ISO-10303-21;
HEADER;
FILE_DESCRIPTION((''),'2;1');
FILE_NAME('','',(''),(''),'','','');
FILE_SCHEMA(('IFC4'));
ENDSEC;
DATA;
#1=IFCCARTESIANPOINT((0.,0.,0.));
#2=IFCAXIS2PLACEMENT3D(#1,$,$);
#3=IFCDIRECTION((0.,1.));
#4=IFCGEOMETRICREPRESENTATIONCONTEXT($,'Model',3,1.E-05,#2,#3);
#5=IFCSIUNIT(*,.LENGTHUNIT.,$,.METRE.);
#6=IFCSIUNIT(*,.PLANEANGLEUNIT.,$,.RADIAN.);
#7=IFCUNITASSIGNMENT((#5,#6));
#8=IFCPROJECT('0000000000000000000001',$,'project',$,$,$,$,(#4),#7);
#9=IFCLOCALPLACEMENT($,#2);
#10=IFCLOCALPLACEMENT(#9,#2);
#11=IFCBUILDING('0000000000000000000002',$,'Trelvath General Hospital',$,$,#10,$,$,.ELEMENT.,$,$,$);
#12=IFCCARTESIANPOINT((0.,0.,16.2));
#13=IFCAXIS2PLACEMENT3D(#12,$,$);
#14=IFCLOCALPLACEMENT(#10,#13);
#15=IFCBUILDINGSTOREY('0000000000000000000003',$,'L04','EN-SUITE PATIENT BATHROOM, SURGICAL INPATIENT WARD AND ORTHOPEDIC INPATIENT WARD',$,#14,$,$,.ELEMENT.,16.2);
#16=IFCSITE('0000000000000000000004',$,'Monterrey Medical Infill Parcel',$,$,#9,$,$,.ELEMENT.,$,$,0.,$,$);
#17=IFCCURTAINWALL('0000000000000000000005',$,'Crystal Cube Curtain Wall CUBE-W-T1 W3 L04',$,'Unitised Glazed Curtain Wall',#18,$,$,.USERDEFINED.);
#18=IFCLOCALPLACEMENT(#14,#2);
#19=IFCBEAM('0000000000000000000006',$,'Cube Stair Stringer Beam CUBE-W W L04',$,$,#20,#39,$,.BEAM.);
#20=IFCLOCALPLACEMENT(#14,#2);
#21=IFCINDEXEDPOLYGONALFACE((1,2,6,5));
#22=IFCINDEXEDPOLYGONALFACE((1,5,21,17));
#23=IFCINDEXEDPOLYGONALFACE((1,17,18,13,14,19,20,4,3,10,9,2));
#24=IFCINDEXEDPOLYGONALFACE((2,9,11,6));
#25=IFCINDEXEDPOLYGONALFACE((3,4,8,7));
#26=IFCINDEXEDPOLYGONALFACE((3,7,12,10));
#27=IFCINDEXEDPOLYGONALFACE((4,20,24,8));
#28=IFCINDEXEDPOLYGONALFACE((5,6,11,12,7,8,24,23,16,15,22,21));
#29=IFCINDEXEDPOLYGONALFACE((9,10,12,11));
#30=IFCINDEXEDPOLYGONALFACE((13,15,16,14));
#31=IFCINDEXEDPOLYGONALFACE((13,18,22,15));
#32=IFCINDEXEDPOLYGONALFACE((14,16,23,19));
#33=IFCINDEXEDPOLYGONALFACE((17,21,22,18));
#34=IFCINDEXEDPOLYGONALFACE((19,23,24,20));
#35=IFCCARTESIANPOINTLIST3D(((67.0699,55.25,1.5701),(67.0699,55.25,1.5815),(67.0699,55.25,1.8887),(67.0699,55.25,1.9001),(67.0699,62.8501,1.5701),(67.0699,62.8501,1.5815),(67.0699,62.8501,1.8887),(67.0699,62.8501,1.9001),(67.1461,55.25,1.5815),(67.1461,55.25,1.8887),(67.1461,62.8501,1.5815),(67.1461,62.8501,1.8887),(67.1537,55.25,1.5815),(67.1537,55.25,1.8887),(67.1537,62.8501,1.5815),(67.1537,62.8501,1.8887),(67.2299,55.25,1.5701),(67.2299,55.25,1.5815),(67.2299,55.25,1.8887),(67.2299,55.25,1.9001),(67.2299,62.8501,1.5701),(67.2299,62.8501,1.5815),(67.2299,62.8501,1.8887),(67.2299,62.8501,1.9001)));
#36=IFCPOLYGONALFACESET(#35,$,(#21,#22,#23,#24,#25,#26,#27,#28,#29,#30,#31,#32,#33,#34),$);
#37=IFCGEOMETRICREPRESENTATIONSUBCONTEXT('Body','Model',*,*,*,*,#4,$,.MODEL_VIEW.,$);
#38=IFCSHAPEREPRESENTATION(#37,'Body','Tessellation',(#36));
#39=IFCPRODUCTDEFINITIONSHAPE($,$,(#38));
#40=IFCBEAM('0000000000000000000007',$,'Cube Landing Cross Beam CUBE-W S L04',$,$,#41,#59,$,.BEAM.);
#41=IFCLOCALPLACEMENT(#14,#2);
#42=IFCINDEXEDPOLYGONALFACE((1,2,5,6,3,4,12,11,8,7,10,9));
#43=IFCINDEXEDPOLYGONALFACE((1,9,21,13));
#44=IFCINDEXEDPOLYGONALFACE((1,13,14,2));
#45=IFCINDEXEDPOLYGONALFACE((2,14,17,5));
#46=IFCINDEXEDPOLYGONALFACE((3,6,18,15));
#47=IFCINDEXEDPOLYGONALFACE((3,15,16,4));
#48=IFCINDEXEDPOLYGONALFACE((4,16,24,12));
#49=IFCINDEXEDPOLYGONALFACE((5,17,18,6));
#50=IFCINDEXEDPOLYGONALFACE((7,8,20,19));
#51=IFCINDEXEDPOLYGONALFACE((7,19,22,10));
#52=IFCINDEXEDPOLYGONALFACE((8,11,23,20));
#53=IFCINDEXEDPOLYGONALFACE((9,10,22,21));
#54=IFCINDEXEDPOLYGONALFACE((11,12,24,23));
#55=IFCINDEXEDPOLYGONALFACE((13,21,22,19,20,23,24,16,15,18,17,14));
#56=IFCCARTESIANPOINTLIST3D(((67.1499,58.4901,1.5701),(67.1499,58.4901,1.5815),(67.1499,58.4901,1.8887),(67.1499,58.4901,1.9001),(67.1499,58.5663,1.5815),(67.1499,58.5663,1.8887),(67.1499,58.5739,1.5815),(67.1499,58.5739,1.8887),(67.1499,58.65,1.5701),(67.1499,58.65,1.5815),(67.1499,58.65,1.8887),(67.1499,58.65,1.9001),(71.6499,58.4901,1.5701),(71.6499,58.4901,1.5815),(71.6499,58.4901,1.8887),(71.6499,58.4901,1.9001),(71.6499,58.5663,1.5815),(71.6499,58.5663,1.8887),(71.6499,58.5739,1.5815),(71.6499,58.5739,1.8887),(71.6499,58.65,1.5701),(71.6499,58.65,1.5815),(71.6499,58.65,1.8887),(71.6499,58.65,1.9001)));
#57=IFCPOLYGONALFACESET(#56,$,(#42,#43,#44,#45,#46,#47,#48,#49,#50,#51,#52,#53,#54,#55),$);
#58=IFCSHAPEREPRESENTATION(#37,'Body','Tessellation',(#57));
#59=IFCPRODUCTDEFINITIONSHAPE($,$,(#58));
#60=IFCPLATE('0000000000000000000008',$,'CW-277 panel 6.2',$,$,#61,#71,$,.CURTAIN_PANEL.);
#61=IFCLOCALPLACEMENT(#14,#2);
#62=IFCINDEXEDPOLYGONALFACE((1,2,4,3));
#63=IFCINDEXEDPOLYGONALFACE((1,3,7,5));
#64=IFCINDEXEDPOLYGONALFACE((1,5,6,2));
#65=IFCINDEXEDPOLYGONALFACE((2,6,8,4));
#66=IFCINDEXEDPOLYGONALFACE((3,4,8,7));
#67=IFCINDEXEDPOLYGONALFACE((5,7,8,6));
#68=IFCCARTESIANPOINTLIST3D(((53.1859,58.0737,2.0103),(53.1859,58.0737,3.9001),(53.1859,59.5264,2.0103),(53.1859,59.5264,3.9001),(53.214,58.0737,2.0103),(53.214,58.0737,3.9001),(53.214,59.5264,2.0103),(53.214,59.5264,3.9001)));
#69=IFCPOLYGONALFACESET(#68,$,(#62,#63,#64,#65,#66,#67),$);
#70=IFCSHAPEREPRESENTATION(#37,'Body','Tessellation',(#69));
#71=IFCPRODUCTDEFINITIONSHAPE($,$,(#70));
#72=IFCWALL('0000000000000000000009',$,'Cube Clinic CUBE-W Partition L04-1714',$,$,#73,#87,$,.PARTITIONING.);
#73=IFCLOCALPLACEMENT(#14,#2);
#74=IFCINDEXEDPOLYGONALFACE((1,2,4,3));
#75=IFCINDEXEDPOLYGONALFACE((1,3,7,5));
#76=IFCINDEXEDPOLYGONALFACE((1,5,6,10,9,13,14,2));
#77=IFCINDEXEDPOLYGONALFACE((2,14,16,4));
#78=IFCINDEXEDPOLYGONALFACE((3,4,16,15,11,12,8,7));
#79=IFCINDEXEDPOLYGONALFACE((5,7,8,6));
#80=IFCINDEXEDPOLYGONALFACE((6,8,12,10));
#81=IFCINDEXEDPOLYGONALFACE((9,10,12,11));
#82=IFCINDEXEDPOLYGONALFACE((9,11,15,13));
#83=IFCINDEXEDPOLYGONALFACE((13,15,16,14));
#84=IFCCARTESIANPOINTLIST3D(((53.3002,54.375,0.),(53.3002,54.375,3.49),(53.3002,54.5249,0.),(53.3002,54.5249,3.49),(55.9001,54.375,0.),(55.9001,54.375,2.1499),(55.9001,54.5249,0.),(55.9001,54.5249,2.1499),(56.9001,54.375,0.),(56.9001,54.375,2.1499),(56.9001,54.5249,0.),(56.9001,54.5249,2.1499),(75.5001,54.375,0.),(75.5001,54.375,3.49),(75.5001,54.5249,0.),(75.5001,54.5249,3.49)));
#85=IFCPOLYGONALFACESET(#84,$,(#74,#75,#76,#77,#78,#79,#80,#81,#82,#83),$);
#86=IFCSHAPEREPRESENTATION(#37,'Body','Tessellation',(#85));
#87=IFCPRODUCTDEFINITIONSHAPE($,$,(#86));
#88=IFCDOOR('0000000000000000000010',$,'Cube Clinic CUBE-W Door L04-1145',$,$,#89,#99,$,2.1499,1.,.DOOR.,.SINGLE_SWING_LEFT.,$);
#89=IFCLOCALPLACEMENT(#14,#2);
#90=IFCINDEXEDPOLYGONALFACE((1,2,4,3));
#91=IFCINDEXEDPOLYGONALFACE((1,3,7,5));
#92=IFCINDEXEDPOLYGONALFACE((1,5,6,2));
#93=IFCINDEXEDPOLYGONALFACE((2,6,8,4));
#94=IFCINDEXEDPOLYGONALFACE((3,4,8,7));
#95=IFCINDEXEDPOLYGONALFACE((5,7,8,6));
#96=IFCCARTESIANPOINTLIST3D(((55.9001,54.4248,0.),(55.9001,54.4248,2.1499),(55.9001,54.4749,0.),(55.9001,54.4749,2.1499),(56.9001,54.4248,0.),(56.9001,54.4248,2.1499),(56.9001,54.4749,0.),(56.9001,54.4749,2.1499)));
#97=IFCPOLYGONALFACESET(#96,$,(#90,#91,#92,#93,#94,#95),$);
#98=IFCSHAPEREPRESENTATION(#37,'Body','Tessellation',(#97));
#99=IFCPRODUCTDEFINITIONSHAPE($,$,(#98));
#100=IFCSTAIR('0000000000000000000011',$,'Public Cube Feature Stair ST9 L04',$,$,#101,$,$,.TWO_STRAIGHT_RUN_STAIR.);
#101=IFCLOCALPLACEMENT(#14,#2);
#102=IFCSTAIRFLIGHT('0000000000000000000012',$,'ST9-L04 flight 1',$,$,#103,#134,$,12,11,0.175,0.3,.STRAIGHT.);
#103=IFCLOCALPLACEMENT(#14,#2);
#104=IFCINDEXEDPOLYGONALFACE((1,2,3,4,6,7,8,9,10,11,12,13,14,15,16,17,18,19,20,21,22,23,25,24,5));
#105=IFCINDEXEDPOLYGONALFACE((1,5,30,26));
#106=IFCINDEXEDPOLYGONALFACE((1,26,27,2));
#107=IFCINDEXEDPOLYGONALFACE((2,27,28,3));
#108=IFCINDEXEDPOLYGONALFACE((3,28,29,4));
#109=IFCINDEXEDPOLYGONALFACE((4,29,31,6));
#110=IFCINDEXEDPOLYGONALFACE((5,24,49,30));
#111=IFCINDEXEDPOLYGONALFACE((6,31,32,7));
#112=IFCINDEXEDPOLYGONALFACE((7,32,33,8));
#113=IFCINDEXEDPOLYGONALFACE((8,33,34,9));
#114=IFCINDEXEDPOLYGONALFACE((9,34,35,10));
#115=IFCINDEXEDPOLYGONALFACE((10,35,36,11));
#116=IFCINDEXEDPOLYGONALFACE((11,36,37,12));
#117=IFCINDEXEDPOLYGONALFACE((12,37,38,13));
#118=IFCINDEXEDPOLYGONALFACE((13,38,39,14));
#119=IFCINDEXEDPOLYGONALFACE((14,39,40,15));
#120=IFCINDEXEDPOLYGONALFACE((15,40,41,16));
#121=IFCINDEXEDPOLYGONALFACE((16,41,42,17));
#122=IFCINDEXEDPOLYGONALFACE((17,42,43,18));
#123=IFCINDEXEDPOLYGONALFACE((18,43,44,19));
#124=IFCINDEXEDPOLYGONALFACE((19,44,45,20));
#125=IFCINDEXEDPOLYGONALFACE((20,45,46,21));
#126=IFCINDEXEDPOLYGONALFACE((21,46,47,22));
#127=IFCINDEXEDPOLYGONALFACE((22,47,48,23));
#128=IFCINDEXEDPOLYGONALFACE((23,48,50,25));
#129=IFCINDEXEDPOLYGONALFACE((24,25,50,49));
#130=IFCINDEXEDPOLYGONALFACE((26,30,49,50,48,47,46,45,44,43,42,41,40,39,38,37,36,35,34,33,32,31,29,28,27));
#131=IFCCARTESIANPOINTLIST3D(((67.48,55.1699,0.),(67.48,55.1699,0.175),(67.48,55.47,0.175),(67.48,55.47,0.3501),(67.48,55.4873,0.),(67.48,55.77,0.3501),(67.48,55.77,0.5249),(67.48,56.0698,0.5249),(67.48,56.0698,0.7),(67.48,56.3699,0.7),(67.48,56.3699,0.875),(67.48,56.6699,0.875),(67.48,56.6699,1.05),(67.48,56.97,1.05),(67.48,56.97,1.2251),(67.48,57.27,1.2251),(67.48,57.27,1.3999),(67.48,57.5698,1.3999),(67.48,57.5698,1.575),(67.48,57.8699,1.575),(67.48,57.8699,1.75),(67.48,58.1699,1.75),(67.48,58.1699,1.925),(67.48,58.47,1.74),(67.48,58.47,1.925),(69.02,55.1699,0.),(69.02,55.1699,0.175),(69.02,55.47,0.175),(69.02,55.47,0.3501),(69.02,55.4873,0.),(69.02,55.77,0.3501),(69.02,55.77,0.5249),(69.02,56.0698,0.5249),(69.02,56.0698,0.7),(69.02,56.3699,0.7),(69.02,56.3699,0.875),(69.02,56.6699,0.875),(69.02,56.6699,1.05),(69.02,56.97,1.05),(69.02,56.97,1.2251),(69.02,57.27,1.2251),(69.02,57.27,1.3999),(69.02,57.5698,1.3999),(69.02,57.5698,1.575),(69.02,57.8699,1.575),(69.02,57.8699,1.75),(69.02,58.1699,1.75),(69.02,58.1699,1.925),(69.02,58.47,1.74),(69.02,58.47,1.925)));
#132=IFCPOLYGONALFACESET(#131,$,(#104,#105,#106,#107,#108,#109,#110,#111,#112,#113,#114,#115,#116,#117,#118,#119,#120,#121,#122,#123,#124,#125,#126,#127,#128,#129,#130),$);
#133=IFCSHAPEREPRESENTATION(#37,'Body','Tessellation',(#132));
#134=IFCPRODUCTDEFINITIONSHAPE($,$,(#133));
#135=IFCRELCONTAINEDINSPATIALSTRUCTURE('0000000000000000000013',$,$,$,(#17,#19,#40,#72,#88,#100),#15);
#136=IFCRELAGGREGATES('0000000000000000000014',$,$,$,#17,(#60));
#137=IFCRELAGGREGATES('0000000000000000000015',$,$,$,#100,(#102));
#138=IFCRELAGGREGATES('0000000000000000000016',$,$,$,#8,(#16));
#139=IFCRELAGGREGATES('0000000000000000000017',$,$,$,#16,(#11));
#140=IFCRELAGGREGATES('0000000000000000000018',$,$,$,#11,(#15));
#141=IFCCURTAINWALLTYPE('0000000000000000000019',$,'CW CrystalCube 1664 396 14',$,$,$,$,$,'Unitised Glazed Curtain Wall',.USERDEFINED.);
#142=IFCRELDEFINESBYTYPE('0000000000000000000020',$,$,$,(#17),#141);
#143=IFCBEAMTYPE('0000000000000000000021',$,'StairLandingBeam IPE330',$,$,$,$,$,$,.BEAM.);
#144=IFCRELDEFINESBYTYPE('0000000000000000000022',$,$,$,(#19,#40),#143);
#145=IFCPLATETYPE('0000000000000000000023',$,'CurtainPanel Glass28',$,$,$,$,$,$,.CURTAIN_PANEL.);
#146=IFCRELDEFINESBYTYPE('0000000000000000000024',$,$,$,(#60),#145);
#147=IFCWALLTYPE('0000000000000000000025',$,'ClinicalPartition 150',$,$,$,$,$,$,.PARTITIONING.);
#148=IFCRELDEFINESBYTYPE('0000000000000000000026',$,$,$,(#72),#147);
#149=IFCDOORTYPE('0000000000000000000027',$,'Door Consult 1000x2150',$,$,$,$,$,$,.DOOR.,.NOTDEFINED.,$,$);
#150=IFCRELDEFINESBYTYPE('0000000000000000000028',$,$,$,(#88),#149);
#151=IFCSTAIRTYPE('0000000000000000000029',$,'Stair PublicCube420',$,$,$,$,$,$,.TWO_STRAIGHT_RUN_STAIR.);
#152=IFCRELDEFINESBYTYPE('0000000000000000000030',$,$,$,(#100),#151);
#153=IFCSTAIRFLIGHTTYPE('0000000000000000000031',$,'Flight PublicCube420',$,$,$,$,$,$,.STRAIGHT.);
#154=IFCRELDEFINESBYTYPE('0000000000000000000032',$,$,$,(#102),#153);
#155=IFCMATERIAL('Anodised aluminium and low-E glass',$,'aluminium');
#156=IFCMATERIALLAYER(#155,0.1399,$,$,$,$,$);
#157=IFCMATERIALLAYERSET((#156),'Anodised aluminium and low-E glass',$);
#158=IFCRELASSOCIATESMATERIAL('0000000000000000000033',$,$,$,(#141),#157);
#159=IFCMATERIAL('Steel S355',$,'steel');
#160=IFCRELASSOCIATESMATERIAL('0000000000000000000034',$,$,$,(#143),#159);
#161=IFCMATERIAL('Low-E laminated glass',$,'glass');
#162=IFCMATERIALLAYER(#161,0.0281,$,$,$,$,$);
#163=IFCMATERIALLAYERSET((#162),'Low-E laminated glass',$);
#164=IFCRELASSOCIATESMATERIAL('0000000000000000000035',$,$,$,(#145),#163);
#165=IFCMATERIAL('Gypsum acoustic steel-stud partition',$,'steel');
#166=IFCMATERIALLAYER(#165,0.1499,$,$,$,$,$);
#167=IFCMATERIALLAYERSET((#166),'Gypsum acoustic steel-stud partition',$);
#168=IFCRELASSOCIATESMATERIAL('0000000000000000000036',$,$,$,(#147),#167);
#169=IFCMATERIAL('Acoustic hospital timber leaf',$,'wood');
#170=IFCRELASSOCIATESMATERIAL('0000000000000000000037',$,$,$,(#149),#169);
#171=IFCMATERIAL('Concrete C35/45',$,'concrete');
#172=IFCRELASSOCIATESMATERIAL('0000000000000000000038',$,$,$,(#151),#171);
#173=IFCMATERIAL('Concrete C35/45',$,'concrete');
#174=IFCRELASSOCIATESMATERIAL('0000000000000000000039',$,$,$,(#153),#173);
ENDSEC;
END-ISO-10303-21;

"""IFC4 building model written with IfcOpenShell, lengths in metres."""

from ifc_helpers import new_model, si_unit, direction, frame, frame_2d, origin, origin_2d, place, context, subcontext, project, spatial, polyline, rectangle, i_section, outline, extrude, material, layer, layer_set, material_profile, profile_set, type_object, element, fill, aggregate, save


model = new_model("IFC4")

# Units and contexts
model_context = context("Model", 3, precision=1e-05, world=origin(), true_north=direction((0.0, 1.0)))
body_context = subcontext(model_context, "Body", "Model", "MODEL_VIEW")
ifc_project = project(units=[si_unit("LENGTHUNIT", "METRE"), si_unit("PLANEANGLEUNIT", "RADIAN")], contexts=[model_context])

# Site, building, storey
site_placement = place(None, origin())
site = spatial("IfcSite", under=ifc_project, at=site_placement, Name="Monterrey Medical Infill Parcel", CompositionType="ELEMENT", RefElevation=0.0)
building_placement = place(site_placement, origin())
building = spatial("IfcBuilding", under=site, at=building_placement, Name="Trelvath General Hospital", CompositionType="ELEMENT")
storey_placement = place(building_placement, frame((0.0, 0.0, 16.2)))
storey = spatial("IfcBuildingStorey", under=building, at=storey_placement, Name="L04", Description="EN-SUITE PATIENT BATHROOM, SURGICAL INPATIENT WARD AND ORTHOPEDIC INPATIENT WARD", CompositionType="ELEMENT", Elevation=16.2)

# Curtain wall
ifc_material_1 = material(Name="Anodised aluminium and low-E glass", Category="aluminium")
ifc_layer_1 = layer(ifc_material_1, 0.1399)
ifc_layer_set_1 = layer_set([ifc_layer_1], Name="Anodised aluminium and low-E glass")
curtain_wall_type = type_object("IfcCurtainWallType", Name="CW CrystalCube 1664 396 14", ElementType="Unitised Glazed Curtain Wall", PredefinedType="USERDEFINED", material=ifc_layer_set_1)
curtain_wall_placement = place(storey_placement, origin())
curtain_wall = element("IfcCurtainWall", 1, at=curtain_wall_placement, inside=storey, type_object=curtain_wall_type, Name="Crystal Cube Curtain Wall CUBE-W-T1 W3 L04", ObjectType="Unitised Glazed Curtain Wall", PredefinedType="USERDEFINED")

# Beams
ifc_material_2 = material(Name="Steel S355", Category="steel")
ifc_material_profile_1 = material_profile(ifc_material_2, i_section(OverallWidth=0.1599, OverallDepth=0.3301, WebThickness=0.0076, FlangeThickness=0.0115, at=origin_2d()), Name="IPE330")
ifc_profile_set_1 = profile_set([ifc_material_profile_1], Name="Steel S355")
beam_type_1 = type_object("IfcBeamType", Name="StairLandingBeam IPE330", PredefinedType="BEAM", material=ifc_profile_set_1)
beam_1_placement = place(storey_placement, frame((67.1499, 55.25, 1.7351), z_axis=(0.0, 1.0, 0.0), x_axis=(-1.0, 0.0, 0.0)))
element("IfcBeam", 2, at=beam_1_placement, inside=storey, type_object=beam_type_1, Name="Cube Stair Stringer Beam CUBE-W W L04", PredefinedType="BEAM", context=body_context, shape_type="SweptSolid", body=[
    extrude(i_section(OverallWidth=0.1599, OverallDepth=0.3301, WebThickness=0.0076, FlangeThickness=0.0115, at=origin_2d()), origin(), (0.0, 0.0, 1.0), 7.6001),
])
beam_2_placement = place(storey_placement, frame((67.1499, 58.5701, 1.7351), z_axis=(1.0, 0.0, 0.0), x_axis=(0.0, 1.0, 0.0)))
element("IfcBeam", 3, at=beam_2_placement, inside=storey, type_object=beam_type_1, Name="Cube Landing Cross Beam CUBE-W S L04", PredefinedType="BEAM", context=body_context, shape_type="SweptSolid", body=[
    extrude(i_section(OverallWidth=0.1599, OverallDepth=0.3301, WebThickness=0.0076, FlangeThickness=0.0115, at=origin_2d()), origin(), (0.0, 0.0, 1.0), 4.5),
])

# Plate
ifc_material_3 = material(Name="Low-E laminated glass", Category="glass")
ifc_layer_2 = layer(ifc_material_3, 0.0281)
ifc_layer_set_2 = layer_set([ifc_layer_2], Name="Low-E laminated glass")
plate_type = type_object("IfcPlateType", Name="CurtainPanel Glass28", PredefinedType="CURTAIN_PANEL", material=ifc_layer_set_2)
plate_placement = place(storey_placement, frame((53.2, 58.8, 2.0103), z_axis=(0.0, 0.0, 1.0), x_axis=(0.0, 1.0, 0.0)))
plate = element("IfcPlate", 4, at=plate_placement, type_object=plate_type, Name="CW-277 panel 6.2", PredefinedType="CURTAIN_PANEL", context=body_context, shape_type="SweptSolid", body=[
    extrude(rectangle(XDim=1.4526, YDim=0.0281, at=origin_2d()), origin(), (0.0, 0.0, 1.0), 1.8899),
])
aggregate(curtain_wall, [plate])

# Wall, opening, door
ifc_material_4 = material(Name="Gypsum acoustic steel-stud partition", Category="steel")
ifc_layer_3 = layer(ifc_material_4, 0.1499)
ifc_layer_set_3 = layer_set([ifc_layer_3], Name="Gypsum acoustic steel-stud partition")
wall_type = type_object("IfcWallType", Name="ClinicalPartition 150", PredefinedType="PARTITIONING", material=ifc_layer_set_3)
wall_placement = place(storey_placement, frame((53.3, 54.45, 0.0), z_axis=(0.0, 0.0, 1.0), x_axis=(1.0, 0.0, 0.0)))
wall = element("IfcWall", 5, at=wall_placement, inside=storey, type_object=wall_type, Name="Cube Clinic CUBE-W Partition L04-1714", PredefinedType="PARTITIONING", context=body_context, shape_type="SweptSolid", body=[
    extrude(rectangle(XDim=22.2, YDim=0.1499, at=frame_2d((11.1001, 0.0))), origin(), (0.0, 0.0, 1.0), 3.49),
])
opening_placement = place(wall_placement, frame((2.6001, 0.0, 0.0)))
opening = element("IfcOpeningElement", 6, at=opening_placement, cuts=wall, PredefinedType="OPENING", context=body_context, shape_type="SweptSolid", body=[
    extrude(rectangle(XDim=1.0, YDim=2.1499, at=frame_2d((0.5, 1.075))), frame((0.0, 0.085, 0.0), z_axis=(0.0, -1.0, 0.0), x_axis=(1.0, 0.0, 0.0)), (0.0, 0.0, 1.0), 0.1699),
])
ifc_material_5 = material(Name="Acoustic hospital timber leaf", Category="wood")
door_type = type_object("IfcDoorType", Name="Door Consult 1000x2150", OperationType="NOTDEFINED", PredefinedType="DOOR", material=ifc_material_5)
door_placement = place(opening_placement, origin())
door = element("IfcDoor", 7, at=door_placement, inside=storey, type_object=door_type, Name="Cube Clinic CUBE-W Door L04-1145", OperationType="SINGLE_SWING_LEFT", OverallHeight=2.1499, OverallWidth=1.0, PredefinedType="DOOR", context=body_context, shape_type="SweptSolid", body=[
    extrude(rectangle(XDim=1.0, YDim=2.1499, at=frame_2d((0.5, 1.075))), frame((0.0, 0.0249, 0.0), z_axis=(0.0, -1.0, 0.0), x_axis=(1.0, 0.0, 0.0)), (0.0, 0.0, 1.0), 0.05),
])
fill(opening, door)

# Stair, stair flight
ifc_material_6 = material(Name="Concrete C35/45", Category="concrete")
stair_type = type_object("IfcStairType", Name="Stair PublicCube420", PredefinedType="TWO_STRAIGHT_RUN_STAIR", material=ifc_material_6)
stair_placement = place(storey_placement, origin())
stair = element("IfcStair", 8, at=stair_placement, inside=storey, type_object=stair_type, Name="Public Cube Feature Stair ST9 L04", PredefinedType="TWO_STRAIGHT_RUN_STAIR")
ifc_material_7 = material(Name="Concrete C35/45", Category="concrete")
stair_flight_type = type_object("IfcStairFlightType", Name="Flight PublicCube420", PredefinedType="STRAIGHT", material=ifc_material_7)
stair_flight_placement = place(storey_placement, frame((68.25, 55.1699, 0.0), z_axis=(0.0, 0.0, 1.0), x_axis=(0.0, 1.0, 0.0)))
stair_flight = element("IfcStairFlight", 9, at=stair_flight_placement, type_object=stair_flight_type, Name="ST9-L04 flight 1", NumberOfRisers=12, NumberOfTreads=11, PredefinedType="STRAIGHT", RiserHeight=0.175, TreadLength=0.3, context=body_context, shape_type="SweptSolid", body=[
    extrude(outline(polyline([(0.0, 0.0), (0.0, 0.175), (0.3, 0.175), (0.3, 0.3501), (0.6001, 0.3501), (0.6001, 0.5249), (0.8999, 0.5249), (0.8999, 0.7), (1.2, 0.7), (1.2, 0.875), (1.5, 0.875), (1.5, 1.05), (1.8, 1.05), (1.8, 1.2251), (2.1001, 1.2251), (2.1001, 1.3999), (2.3999, 1.3999), (2.3999, 1.575), (2.7, 1.575), (2.7, 1.75), (3.0, 1.75), (3.0, 1.925), (3.3, 1.925), (3.3, 2.1001), (3.3, 1.74), (0.3174, 0.0), (0.0, 0.0)])), frame((0.0, 0.77, 0.0), z_axis=(0.0, -1.0, 0.0), x_axis=(1.0, 0.0, 0.0)), (0.0, 0.0, 1.0), 1.54),
])
aggregate(stair, [stair_flight])

save(model, "model.ifc")
